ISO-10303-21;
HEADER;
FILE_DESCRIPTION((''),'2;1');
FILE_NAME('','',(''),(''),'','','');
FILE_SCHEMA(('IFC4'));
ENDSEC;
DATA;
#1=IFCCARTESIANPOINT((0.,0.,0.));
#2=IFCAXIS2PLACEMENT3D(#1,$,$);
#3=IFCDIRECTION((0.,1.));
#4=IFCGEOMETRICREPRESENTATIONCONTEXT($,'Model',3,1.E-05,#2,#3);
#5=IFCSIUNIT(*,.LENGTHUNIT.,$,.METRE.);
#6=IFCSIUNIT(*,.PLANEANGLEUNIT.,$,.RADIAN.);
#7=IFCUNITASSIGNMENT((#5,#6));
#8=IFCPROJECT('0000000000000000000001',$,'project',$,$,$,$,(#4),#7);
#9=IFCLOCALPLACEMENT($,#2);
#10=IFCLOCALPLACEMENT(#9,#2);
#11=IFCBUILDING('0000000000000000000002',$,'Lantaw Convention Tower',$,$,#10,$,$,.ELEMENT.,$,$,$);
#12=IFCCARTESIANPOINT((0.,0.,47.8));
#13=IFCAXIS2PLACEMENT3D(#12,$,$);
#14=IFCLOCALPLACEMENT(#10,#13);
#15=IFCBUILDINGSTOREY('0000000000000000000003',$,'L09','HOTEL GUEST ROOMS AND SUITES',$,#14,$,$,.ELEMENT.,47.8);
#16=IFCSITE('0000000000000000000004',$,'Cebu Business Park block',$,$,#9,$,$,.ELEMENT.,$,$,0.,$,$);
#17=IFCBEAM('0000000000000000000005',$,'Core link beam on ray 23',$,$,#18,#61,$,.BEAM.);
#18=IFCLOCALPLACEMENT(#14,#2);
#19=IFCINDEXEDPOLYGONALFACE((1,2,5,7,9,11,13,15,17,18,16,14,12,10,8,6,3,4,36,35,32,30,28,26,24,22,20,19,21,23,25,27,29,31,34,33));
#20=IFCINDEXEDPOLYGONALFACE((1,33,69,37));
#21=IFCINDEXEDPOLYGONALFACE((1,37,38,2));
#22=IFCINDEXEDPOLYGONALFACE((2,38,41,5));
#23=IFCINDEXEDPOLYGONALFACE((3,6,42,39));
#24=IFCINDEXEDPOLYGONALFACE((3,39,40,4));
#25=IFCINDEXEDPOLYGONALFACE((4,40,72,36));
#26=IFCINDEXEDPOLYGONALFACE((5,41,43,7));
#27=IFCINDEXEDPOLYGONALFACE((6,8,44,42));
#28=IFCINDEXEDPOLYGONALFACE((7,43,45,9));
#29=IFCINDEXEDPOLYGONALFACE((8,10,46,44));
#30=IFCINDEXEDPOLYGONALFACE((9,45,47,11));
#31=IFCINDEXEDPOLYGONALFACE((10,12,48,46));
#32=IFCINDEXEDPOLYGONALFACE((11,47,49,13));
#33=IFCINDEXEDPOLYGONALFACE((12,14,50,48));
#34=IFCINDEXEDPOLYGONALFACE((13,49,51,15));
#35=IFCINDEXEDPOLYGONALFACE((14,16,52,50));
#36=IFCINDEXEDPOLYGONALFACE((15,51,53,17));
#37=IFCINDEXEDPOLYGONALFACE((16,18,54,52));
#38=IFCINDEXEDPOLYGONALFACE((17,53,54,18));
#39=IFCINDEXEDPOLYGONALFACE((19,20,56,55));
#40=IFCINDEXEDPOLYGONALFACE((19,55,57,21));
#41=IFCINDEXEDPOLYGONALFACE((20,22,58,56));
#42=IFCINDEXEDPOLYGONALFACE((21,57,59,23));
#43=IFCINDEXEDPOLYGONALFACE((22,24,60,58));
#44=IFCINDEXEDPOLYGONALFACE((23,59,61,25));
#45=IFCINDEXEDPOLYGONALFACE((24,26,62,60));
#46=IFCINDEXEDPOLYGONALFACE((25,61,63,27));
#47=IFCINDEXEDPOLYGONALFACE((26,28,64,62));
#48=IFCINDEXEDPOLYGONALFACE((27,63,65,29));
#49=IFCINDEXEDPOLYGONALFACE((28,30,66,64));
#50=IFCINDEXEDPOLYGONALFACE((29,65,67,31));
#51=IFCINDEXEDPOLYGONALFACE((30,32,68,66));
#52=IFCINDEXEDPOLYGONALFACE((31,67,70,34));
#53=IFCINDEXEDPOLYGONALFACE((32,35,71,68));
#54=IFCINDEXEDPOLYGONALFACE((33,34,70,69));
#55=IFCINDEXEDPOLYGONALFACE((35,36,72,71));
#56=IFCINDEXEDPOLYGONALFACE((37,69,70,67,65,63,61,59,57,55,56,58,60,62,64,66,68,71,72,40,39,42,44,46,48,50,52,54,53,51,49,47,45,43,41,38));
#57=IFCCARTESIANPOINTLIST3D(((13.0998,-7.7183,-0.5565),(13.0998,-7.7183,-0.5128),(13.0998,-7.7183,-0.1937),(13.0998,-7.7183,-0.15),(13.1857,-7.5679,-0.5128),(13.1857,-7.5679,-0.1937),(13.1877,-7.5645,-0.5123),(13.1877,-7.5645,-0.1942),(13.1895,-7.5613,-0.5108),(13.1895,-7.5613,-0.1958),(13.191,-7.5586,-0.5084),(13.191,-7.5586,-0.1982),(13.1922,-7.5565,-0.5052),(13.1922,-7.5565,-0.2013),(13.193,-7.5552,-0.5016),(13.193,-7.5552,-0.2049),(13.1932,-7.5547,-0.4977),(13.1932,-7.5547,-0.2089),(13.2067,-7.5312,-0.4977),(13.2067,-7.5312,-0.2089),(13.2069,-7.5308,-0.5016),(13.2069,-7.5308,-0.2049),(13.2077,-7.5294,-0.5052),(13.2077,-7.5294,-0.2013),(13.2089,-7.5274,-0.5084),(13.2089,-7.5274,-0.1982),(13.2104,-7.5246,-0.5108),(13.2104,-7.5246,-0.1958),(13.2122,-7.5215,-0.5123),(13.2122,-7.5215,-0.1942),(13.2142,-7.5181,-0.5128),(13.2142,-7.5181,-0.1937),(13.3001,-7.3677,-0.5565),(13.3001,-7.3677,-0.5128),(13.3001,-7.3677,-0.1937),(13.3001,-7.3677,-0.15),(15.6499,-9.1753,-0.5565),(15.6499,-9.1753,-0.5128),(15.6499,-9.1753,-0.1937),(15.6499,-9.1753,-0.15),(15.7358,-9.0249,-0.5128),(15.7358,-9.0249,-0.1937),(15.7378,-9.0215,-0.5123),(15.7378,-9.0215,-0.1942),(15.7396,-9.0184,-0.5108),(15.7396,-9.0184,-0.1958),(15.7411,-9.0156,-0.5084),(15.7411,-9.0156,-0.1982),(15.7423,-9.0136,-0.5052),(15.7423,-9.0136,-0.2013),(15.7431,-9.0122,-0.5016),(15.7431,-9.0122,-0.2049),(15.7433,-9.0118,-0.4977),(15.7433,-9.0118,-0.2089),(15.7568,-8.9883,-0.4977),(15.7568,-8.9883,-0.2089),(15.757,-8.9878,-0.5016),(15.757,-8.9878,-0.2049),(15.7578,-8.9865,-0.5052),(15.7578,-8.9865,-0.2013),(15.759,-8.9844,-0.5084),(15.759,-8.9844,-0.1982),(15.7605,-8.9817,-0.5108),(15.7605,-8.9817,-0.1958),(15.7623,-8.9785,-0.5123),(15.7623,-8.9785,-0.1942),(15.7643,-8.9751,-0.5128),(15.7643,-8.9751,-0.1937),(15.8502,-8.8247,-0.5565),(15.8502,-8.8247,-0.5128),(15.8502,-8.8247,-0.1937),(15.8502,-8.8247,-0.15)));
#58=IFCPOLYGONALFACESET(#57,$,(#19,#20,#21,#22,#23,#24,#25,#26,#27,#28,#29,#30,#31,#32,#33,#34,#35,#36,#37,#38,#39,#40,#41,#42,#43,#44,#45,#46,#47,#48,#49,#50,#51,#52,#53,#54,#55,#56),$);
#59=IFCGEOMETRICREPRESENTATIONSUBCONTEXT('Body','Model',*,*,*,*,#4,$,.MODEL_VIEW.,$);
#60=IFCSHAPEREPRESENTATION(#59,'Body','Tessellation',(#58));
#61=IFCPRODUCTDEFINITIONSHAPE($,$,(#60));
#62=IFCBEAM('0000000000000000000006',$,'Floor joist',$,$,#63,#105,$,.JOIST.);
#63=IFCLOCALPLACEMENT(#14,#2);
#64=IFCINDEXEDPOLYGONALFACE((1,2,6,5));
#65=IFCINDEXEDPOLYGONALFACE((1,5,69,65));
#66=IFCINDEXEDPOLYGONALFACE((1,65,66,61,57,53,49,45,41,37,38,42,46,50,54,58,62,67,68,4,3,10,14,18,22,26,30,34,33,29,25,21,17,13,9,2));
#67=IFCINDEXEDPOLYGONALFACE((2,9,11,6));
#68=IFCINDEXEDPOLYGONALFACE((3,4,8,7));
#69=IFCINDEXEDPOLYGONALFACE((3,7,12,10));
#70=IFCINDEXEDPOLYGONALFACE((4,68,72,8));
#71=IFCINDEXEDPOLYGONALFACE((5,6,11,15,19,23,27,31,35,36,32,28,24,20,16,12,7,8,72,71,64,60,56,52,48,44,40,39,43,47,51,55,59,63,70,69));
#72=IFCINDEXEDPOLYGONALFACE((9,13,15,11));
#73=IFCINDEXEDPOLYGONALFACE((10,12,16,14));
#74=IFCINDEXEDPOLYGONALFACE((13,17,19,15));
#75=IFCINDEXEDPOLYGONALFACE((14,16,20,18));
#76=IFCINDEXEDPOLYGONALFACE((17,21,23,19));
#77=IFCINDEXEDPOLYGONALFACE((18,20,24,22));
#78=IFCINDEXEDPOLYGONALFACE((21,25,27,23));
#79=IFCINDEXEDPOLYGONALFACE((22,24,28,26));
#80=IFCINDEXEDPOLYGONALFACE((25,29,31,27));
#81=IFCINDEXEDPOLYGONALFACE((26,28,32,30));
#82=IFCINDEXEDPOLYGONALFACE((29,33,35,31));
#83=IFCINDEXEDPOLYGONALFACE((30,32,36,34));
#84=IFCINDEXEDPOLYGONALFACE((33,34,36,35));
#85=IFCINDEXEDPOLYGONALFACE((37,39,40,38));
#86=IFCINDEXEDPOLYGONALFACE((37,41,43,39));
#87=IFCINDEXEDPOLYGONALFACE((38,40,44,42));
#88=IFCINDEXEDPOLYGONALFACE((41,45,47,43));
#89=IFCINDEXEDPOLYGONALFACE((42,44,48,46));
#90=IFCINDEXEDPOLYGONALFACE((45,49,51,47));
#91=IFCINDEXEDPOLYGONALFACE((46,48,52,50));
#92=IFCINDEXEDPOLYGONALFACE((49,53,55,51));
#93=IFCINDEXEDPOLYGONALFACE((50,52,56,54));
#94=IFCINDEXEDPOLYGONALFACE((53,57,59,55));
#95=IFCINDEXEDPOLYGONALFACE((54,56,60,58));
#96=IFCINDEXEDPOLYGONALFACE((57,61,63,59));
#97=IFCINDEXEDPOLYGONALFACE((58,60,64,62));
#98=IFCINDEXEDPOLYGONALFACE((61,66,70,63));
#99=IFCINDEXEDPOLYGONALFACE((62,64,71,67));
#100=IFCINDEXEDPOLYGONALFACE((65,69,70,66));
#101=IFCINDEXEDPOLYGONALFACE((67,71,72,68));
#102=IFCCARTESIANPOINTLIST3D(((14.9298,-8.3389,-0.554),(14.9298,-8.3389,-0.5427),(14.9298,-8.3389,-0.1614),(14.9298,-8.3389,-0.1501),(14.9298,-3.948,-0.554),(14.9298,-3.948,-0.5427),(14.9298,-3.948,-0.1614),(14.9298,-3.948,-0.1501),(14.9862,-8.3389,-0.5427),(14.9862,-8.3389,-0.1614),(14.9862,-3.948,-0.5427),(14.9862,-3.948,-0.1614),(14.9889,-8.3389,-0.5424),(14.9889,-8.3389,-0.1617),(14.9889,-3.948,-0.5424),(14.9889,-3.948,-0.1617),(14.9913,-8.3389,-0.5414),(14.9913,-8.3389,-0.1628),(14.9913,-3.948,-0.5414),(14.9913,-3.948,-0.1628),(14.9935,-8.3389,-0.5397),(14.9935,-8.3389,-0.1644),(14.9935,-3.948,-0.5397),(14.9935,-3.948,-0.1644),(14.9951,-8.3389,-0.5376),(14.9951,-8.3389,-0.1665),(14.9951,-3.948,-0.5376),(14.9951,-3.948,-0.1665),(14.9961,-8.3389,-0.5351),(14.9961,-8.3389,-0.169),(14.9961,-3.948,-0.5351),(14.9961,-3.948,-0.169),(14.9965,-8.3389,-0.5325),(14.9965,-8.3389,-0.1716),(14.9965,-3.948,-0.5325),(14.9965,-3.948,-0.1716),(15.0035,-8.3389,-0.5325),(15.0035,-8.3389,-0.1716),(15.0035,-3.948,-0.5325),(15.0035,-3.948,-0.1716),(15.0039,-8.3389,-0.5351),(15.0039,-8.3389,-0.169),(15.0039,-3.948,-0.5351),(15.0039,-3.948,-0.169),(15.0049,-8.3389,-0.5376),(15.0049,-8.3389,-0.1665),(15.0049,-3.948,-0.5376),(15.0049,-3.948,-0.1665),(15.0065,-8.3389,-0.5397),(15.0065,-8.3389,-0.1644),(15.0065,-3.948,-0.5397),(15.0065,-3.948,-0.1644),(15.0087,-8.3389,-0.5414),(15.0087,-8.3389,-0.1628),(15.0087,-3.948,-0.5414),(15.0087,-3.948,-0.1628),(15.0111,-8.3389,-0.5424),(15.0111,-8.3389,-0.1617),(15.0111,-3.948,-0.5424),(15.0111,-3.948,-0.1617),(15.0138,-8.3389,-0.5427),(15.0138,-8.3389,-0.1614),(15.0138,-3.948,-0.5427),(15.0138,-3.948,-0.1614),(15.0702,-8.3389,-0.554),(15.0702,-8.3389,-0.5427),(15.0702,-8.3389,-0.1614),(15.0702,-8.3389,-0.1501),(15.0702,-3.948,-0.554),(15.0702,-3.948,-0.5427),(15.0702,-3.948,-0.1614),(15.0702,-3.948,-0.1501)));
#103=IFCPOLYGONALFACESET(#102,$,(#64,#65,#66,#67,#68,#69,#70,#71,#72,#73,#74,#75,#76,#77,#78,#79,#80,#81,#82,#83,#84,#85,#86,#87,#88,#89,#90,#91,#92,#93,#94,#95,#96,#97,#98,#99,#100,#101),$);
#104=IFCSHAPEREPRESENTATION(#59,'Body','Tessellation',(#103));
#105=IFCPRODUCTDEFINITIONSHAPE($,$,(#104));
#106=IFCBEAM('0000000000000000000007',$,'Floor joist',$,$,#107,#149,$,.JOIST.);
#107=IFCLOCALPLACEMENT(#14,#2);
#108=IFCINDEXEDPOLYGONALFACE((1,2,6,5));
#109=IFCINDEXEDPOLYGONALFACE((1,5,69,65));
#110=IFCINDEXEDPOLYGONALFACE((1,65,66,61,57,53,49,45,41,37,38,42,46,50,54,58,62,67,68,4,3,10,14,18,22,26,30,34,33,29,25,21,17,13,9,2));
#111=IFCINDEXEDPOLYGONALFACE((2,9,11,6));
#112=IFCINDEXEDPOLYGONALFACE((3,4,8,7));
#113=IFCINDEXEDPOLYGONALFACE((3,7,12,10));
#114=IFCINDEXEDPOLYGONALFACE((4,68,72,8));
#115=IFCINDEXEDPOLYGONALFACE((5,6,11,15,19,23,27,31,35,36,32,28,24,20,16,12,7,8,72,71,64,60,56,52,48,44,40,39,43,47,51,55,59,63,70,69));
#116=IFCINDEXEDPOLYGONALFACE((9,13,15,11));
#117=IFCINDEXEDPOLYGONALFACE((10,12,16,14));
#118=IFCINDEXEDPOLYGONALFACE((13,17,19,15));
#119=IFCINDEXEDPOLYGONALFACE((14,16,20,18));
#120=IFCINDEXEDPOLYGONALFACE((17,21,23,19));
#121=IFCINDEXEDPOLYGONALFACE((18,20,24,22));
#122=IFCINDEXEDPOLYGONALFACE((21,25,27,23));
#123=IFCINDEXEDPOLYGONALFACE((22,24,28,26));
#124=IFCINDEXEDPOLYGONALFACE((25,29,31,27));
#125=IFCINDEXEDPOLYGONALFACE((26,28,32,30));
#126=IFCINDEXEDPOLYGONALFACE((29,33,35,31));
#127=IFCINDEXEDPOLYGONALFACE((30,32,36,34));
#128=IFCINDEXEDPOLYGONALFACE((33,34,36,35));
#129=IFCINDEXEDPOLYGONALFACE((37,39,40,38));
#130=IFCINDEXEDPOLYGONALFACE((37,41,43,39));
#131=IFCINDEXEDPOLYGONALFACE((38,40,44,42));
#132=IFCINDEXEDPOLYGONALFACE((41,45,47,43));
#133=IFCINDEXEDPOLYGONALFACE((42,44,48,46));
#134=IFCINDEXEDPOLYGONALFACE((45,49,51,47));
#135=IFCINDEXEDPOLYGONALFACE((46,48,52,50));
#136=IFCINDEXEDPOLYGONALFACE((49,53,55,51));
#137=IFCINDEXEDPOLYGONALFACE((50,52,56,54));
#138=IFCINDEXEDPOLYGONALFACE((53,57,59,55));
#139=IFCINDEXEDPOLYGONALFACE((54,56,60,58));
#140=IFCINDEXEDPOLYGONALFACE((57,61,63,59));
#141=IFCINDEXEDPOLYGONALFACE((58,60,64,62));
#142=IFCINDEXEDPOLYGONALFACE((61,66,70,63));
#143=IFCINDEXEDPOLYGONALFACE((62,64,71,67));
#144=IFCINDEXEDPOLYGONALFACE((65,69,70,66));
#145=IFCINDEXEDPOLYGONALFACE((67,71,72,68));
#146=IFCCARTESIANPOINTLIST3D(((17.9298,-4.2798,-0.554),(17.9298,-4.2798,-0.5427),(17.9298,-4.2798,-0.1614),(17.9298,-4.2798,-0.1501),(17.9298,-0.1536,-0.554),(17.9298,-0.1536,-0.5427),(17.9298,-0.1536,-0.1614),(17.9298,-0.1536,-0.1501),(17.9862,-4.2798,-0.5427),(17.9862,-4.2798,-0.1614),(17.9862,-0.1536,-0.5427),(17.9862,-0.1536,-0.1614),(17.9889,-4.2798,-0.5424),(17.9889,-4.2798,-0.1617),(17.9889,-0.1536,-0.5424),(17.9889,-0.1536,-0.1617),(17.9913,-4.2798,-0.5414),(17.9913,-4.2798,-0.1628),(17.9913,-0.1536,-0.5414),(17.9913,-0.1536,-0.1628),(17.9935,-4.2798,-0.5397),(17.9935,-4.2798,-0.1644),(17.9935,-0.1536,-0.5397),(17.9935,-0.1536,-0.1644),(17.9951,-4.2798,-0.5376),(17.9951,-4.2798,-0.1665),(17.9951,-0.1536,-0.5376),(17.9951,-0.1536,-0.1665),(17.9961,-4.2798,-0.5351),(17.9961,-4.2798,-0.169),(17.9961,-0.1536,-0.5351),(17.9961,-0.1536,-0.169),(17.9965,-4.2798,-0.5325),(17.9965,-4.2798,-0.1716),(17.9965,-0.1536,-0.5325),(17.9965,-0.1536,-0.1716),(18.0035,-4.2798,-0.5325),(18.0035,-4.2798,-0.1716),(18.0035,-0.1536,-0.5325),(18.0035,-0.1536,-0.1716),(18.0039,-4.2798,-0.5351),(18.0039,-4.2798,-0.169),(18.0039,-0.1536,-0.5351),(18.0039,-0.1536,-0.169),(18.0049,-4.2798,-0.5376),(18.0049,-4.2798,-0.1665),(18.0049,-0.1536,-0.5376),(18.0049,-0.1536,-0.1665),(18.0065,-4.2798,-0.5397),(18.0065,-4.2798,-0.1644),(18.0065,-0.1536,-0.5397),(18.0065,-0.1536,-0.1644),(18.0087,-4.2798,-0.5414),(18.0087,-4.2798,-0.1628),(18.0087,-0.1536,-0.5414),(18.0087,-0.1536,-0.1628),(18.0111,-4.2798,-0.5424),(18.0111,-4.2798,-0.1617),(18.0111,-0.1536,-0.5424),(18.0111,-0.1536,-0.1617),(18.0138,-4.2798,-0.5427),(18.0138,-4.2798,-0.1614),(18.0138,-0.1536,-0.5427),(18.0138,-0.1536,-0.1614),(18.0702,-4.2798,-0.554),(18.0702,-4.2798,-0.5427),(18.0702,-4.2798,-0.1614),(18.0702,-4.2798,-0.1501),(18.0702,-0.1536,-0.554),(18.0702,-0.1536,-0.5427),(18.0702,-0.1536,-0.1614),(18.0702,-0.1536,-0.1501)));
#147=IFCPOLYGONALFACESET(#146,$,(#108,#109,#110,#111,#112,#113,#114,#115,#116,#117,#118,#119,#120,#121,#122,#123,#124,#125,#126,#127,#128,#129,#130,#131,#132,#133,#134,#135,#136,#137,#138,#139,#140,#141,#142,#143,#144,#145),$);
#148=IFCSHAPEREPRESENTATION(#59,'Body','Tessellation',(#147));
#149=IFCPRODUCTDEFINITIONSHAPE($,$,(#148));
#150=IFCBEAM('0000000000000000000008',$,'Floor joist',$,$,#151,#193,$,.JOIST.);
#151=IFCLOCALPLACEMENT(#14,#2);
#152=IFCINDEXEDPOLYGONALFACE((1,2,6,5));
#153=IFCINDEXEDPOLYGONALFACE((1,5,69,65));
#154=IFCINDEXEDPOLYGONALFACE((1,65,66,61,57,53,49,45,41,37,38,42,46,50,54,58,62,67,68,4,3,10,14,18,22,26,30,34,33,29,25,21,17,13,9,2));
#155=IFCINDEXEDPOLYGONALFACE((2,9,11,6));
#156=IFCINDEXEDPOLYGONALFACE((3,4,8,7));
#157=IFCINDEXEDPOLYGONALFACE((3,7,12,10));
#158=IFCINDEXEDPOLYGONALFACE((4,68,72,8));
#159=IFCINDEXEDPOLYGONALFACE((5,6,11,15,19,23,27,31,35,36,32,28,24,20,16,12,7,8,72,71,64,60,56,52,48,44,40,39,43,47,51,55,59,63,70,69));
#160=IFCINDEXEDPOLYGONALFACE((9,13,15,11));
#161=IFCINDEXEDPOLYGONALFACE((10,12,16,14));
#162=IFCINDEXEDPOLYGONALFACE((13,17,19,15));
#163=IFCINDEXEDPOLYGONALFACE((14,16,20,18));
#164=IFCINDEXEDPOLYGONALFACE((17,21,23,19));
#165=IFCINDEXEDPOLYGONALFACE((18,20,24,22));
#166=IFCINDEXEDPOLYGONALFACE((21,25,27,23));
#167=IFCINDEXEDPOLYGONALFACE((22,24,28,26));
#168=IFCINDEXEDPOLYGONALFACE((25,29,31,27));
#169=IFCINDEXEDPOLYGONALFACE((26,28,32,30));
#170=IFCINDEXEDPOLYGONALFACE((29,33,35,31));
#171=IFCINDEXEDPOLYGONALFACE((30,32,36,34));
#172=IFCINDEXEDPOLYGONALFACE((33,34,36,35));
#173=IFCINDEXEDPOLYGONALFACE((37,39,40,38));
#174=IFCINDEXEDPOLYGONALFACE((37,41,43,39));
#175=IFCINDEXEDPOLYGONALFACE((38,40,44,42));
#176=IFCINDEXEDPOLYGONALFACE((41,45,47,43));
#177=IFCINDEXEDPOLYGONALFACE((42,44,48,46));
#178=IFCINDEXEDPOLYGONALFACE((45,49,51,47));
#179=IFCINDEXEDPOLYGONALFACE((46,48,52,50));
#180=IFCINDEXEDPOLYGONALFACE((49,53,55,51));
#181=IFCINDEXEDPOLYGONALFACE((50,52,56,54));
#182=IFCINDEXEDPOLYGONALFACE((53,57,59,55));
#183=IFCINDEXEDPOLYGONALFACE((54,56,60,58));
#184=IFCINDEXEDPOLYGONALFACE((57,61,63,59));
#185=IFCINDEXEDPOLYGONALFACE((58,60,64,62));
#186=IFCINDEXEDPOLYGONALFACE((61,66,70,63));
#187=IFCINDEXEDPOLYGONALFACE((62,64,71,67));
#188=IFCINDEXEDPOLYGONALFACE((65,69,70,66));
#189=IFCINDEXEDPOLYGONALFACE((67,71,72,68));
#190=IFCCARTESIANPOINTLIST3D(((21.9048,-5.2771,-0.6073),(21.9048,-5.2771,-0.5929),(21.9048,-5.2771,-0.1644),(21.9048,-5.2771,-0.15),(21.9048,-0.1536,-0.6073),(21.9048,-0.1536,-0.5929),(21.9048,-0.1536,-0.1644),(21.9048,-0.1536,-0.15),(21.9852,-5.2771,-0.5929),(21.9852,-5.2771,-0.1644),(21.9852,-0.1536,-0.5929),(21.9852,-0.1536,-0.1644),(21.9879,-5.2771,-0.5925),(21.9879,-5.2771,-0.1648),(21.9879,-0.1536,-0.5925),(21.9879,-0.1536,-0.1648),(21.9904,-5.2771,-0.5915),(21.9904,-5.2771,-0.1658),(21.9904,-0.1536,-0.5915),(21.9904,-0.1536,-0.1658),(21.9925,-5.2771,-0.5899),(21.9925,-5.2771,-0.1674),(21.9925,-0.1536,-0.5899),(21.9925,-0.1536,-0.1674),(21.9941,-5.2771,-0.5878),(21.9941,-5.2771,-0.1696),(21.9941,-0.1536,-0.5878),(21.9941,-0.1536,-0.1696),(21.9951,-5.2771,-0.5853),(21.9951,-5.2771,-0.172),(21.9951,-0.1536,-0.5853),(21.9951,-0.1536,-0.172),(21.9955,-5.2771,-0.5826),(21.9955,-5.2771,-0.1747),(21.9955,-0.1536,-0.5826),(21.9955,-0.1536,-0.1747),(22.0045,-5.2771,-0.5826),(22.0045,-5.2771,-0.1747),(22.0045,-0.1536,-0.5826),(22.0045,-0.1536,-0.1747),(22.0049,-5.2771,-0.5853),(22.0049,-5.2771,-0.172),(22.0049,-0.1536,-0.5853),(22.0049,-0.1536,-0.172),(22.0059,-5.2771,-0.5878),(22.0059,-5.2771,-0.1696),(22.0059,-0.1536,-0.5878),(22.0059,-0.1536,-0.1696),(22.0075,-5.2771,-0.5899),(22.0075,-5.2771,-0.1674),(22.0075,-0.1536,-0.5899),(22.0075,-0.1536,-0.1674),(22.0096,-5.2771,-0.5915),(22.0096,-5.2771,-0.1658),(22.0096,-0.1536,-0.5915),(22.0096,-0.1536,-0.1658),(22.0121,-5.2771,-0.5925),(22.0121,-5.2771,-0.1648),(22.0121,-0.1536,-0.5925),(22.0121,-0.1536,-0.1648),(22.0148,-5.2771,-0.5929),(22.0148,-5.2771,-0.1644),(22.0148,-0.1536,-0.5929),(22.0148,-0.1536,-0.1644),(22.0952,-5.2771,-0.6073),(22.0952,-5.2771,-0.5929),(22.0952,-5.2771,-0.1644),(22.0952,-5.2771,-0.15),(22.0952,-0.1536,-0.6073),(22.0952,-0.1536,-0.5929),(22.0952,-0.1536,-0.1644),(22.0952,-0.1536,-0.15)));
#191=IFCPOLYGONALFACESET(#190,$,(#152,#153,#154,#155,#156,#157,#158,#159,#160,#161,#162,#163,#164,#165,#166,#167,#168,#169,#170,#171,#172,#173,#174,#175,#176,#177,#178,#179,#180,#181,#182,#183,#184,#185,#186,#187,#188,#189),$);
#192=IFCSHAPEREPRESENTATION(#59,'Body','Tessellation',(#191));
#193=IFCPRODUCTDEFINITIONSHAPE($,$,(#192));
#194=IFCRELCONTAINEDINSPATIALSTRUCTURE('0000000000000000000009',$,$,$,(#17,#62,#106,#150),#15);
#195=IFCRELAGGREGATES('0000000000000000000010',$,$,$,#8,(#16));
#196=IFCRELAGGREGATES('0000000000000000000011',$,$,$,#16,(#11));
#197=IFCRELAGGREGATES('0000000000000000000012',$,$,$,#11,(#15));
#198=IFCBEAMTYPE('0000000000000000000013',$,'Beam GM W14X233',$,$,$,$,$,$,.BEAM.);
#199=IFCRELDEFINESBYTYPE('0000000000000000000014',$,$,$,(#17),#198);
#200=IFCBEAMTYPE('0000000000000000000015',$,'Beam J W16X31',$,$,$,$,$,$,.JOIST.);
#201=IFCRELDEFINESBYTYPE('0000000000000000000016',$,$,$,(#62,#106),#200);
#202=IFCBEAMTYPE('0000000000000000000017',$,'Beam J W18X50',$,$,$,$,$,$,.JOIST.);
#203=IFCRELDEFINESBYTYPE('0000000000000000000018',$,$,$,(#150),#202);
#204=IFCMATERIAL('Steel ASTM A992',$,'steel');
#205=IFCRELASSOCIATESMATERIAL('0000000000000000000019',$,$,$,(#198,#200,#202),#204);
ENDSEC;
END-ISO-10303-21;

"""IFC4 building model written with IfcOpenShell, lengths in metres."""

from ifc_helpers import new_model, si_unit, direction, frame, origin, origin_2d, place, context, subcontext, project, spatial, i_section, extrude, material, material_profile, profile_set, type_object, element, save


model = new_model("IFC4")

# Units and contexts
model_context = context("Model", 3, precision=1e-05, world=origin(), true_north=direction((0.0, 1.0)))
body_context = subcontext(model_context, "Body", "Model", "MODEL_VIEW")
ifc_project = project(units=[si_unit("LENGTHUNIT", "METRE"), si_unit("PLANEANGLEUNIT", "RADIAN")], contexts=[model_context])

# Site, building, storey
site_placement = place(None, origin())
site = spatial("IfcSite", under=ifc_project, at=site_placement, Name="Cebu Business Park block", CompositionType="ELEMENT", RefElevation=0.0)
building_placement = place(site_placement, origin())
building = spatial("IfcBuilding", under=site, at=building_placement, Name="Lantaw Convention Tower", CompositionType="ELEMENT")
storey_placement = place(building_placement, frame((0.0, 0.0, 47.8)))
storey = spatial("IfcBuildingStorey", under=building, at=storey_placement, Name="L09", Description="HOTEL GUEST ROOMS AND SUITES", CompositionType="ELEMENT", Elevation=47.8)

# Beams
ifc_material_1 = material(Name="Steel ASTM A992", Category="steel")
ifc_material_profile_1 = material_profile(ifc_material_1, i_section(OverallWidth=0.4038, OverallDepth=0.4065, WebThickness=0.0271, FlangeThickness=0.0437, FilletRadius=0.0151, at=origin_2d()), Name="W14X233")
ifc_profile_set_1 = profile_set([ifc_material_profile_1], Name="Steel ASTM A992")
beam_type_1 = type_object("IfcBeamType", Name="Beam GM W14X233", PredefinedType="BEAM", material=ifc_profile_set_1)
beam_1_placement = place(storey_placement, frame((13.2, -7.543, -0.3533), z_axis=(0.868264, -0.496103, 0.0), x_axis=(0.496103, 0.868264, 0.0)))
element("IfcBeam", 1, at=beam_1_placement, inside=storey, type_object=beam_type_1, Name="Core link beam on ray 23", PredefinedType="BEAM", context=body_context, shape_type="SweptSolid", body=[
    extrude(i_section(OverallWidth=0.4038, OverallDepth=0.4065, WebThickness=0.0271, FlangeThickness=0.0437, FilletRadius=0.0151, at=origin_2d()), origin(), (0.0, 0.0, 1.0), 2.937),
])
ifc_material_profile_2 = material_profile(ifc_material_1, i_section(OverallWidth=0.1404, OverallDepth=0.4038, WebThickness=0.0071, FlangeThickness=0.0112, FilletRadius=0.0103, at=origin_2d()), Name="W16X31")
ifc_profile_set_2 = profile_set([ifc_material_profile_2], Name="Steel ASTM A992")
beam_type_2 = type_object("IfcBeamType", Name="Beam J W16X31", PredefinedType="JOIST", material=ifc_profile_set_2)
beam_2_placement = place(storey_placement, frame((15.0, -8.3389, -0.3521), z_axis=(0.0, 1.0, 0.0), x_axis=(-1.0, 0.0, 0.0)))
element("IfcBeam", 2, at=beam_2_placement, inside=storey, type_object=beam_type_2, Name="Floor joist", PredefinedType="JOIST", context=body_context, shape_type="SweptSolid", body=[
    extrude(i_section(OverallWidth=0.1404, OverallDepth=0.4038, WebThickness=0.0071, FlangeThickness=0.0112, FilletRadius=0.0103, at=origin_2d()), origin(), (0.0, 0.0, 1.0), 4.3909),
])
beam_3_placement = place(storey_placement, frame((18.0, -4.2798, -0.3521), z_axis=(0.0, 1.0, 0.0), x_axis=(-1.0, 0.0, 0.0)))
element("IfcBeam", 3, at=beam_3_placement, inside=storey, type_object=beam_type_2, Name="Floor joist", PredefinedType="JOIST", context=body_context, shape_type="SweptSolid", body=[
    extrude(i_section(OverallWidth=0.1404, OverallDepth=0.4038, WebThickness=0.0071, FlangeThickness=0.0112, FilletRadius=0.0103, at=origin_2d()), origin(), (0.0, 0.0, 1.0), 4.1262),
])
ifc_material_profile_3 = material_profile(ifc_material_1, i_section(OverallWidth=0.1904, OverallDepth=0.4573, WebThickness=0.009, FlangeThickness=0.0144, FilletRadius=0.0103, at=origin_2d()), Name="W18X50")
ifc_profile_set_3 = profile_set([ifc_material_profile_3], Name="Steel ASTM A992")
beam_type_3 = type_object("IfcBeamType", Name="Beam J W18X50", PredefinedType="JOIST", material=ifc_profile_set_3)
beam_4_placement = place(storey_placement, frame((22.0, -5.2771, -0.3787), z_axis=(0.0, 1.0, 0.0), x_axis=(-1.0, 0.0, 0.0)))
element("IfcBeam", 4, at=beam_4_placement, inside=storey, type_object=beam_type_3, Name="Floor joist", PredefinedType="JOIST", context=body_context, shape_type="SweptSolid", body=[
    extrude(i_section(OverallWidth=0.1904, OverallDepth=0.4573, WebThickness=0.009, FlangeThickness=0.0144, FilletRadius=0.0103, at=origin_2d()), origin(), (0.0, 0.0, 1.0), 5.1235),
])

save(model, "model.ifc")
